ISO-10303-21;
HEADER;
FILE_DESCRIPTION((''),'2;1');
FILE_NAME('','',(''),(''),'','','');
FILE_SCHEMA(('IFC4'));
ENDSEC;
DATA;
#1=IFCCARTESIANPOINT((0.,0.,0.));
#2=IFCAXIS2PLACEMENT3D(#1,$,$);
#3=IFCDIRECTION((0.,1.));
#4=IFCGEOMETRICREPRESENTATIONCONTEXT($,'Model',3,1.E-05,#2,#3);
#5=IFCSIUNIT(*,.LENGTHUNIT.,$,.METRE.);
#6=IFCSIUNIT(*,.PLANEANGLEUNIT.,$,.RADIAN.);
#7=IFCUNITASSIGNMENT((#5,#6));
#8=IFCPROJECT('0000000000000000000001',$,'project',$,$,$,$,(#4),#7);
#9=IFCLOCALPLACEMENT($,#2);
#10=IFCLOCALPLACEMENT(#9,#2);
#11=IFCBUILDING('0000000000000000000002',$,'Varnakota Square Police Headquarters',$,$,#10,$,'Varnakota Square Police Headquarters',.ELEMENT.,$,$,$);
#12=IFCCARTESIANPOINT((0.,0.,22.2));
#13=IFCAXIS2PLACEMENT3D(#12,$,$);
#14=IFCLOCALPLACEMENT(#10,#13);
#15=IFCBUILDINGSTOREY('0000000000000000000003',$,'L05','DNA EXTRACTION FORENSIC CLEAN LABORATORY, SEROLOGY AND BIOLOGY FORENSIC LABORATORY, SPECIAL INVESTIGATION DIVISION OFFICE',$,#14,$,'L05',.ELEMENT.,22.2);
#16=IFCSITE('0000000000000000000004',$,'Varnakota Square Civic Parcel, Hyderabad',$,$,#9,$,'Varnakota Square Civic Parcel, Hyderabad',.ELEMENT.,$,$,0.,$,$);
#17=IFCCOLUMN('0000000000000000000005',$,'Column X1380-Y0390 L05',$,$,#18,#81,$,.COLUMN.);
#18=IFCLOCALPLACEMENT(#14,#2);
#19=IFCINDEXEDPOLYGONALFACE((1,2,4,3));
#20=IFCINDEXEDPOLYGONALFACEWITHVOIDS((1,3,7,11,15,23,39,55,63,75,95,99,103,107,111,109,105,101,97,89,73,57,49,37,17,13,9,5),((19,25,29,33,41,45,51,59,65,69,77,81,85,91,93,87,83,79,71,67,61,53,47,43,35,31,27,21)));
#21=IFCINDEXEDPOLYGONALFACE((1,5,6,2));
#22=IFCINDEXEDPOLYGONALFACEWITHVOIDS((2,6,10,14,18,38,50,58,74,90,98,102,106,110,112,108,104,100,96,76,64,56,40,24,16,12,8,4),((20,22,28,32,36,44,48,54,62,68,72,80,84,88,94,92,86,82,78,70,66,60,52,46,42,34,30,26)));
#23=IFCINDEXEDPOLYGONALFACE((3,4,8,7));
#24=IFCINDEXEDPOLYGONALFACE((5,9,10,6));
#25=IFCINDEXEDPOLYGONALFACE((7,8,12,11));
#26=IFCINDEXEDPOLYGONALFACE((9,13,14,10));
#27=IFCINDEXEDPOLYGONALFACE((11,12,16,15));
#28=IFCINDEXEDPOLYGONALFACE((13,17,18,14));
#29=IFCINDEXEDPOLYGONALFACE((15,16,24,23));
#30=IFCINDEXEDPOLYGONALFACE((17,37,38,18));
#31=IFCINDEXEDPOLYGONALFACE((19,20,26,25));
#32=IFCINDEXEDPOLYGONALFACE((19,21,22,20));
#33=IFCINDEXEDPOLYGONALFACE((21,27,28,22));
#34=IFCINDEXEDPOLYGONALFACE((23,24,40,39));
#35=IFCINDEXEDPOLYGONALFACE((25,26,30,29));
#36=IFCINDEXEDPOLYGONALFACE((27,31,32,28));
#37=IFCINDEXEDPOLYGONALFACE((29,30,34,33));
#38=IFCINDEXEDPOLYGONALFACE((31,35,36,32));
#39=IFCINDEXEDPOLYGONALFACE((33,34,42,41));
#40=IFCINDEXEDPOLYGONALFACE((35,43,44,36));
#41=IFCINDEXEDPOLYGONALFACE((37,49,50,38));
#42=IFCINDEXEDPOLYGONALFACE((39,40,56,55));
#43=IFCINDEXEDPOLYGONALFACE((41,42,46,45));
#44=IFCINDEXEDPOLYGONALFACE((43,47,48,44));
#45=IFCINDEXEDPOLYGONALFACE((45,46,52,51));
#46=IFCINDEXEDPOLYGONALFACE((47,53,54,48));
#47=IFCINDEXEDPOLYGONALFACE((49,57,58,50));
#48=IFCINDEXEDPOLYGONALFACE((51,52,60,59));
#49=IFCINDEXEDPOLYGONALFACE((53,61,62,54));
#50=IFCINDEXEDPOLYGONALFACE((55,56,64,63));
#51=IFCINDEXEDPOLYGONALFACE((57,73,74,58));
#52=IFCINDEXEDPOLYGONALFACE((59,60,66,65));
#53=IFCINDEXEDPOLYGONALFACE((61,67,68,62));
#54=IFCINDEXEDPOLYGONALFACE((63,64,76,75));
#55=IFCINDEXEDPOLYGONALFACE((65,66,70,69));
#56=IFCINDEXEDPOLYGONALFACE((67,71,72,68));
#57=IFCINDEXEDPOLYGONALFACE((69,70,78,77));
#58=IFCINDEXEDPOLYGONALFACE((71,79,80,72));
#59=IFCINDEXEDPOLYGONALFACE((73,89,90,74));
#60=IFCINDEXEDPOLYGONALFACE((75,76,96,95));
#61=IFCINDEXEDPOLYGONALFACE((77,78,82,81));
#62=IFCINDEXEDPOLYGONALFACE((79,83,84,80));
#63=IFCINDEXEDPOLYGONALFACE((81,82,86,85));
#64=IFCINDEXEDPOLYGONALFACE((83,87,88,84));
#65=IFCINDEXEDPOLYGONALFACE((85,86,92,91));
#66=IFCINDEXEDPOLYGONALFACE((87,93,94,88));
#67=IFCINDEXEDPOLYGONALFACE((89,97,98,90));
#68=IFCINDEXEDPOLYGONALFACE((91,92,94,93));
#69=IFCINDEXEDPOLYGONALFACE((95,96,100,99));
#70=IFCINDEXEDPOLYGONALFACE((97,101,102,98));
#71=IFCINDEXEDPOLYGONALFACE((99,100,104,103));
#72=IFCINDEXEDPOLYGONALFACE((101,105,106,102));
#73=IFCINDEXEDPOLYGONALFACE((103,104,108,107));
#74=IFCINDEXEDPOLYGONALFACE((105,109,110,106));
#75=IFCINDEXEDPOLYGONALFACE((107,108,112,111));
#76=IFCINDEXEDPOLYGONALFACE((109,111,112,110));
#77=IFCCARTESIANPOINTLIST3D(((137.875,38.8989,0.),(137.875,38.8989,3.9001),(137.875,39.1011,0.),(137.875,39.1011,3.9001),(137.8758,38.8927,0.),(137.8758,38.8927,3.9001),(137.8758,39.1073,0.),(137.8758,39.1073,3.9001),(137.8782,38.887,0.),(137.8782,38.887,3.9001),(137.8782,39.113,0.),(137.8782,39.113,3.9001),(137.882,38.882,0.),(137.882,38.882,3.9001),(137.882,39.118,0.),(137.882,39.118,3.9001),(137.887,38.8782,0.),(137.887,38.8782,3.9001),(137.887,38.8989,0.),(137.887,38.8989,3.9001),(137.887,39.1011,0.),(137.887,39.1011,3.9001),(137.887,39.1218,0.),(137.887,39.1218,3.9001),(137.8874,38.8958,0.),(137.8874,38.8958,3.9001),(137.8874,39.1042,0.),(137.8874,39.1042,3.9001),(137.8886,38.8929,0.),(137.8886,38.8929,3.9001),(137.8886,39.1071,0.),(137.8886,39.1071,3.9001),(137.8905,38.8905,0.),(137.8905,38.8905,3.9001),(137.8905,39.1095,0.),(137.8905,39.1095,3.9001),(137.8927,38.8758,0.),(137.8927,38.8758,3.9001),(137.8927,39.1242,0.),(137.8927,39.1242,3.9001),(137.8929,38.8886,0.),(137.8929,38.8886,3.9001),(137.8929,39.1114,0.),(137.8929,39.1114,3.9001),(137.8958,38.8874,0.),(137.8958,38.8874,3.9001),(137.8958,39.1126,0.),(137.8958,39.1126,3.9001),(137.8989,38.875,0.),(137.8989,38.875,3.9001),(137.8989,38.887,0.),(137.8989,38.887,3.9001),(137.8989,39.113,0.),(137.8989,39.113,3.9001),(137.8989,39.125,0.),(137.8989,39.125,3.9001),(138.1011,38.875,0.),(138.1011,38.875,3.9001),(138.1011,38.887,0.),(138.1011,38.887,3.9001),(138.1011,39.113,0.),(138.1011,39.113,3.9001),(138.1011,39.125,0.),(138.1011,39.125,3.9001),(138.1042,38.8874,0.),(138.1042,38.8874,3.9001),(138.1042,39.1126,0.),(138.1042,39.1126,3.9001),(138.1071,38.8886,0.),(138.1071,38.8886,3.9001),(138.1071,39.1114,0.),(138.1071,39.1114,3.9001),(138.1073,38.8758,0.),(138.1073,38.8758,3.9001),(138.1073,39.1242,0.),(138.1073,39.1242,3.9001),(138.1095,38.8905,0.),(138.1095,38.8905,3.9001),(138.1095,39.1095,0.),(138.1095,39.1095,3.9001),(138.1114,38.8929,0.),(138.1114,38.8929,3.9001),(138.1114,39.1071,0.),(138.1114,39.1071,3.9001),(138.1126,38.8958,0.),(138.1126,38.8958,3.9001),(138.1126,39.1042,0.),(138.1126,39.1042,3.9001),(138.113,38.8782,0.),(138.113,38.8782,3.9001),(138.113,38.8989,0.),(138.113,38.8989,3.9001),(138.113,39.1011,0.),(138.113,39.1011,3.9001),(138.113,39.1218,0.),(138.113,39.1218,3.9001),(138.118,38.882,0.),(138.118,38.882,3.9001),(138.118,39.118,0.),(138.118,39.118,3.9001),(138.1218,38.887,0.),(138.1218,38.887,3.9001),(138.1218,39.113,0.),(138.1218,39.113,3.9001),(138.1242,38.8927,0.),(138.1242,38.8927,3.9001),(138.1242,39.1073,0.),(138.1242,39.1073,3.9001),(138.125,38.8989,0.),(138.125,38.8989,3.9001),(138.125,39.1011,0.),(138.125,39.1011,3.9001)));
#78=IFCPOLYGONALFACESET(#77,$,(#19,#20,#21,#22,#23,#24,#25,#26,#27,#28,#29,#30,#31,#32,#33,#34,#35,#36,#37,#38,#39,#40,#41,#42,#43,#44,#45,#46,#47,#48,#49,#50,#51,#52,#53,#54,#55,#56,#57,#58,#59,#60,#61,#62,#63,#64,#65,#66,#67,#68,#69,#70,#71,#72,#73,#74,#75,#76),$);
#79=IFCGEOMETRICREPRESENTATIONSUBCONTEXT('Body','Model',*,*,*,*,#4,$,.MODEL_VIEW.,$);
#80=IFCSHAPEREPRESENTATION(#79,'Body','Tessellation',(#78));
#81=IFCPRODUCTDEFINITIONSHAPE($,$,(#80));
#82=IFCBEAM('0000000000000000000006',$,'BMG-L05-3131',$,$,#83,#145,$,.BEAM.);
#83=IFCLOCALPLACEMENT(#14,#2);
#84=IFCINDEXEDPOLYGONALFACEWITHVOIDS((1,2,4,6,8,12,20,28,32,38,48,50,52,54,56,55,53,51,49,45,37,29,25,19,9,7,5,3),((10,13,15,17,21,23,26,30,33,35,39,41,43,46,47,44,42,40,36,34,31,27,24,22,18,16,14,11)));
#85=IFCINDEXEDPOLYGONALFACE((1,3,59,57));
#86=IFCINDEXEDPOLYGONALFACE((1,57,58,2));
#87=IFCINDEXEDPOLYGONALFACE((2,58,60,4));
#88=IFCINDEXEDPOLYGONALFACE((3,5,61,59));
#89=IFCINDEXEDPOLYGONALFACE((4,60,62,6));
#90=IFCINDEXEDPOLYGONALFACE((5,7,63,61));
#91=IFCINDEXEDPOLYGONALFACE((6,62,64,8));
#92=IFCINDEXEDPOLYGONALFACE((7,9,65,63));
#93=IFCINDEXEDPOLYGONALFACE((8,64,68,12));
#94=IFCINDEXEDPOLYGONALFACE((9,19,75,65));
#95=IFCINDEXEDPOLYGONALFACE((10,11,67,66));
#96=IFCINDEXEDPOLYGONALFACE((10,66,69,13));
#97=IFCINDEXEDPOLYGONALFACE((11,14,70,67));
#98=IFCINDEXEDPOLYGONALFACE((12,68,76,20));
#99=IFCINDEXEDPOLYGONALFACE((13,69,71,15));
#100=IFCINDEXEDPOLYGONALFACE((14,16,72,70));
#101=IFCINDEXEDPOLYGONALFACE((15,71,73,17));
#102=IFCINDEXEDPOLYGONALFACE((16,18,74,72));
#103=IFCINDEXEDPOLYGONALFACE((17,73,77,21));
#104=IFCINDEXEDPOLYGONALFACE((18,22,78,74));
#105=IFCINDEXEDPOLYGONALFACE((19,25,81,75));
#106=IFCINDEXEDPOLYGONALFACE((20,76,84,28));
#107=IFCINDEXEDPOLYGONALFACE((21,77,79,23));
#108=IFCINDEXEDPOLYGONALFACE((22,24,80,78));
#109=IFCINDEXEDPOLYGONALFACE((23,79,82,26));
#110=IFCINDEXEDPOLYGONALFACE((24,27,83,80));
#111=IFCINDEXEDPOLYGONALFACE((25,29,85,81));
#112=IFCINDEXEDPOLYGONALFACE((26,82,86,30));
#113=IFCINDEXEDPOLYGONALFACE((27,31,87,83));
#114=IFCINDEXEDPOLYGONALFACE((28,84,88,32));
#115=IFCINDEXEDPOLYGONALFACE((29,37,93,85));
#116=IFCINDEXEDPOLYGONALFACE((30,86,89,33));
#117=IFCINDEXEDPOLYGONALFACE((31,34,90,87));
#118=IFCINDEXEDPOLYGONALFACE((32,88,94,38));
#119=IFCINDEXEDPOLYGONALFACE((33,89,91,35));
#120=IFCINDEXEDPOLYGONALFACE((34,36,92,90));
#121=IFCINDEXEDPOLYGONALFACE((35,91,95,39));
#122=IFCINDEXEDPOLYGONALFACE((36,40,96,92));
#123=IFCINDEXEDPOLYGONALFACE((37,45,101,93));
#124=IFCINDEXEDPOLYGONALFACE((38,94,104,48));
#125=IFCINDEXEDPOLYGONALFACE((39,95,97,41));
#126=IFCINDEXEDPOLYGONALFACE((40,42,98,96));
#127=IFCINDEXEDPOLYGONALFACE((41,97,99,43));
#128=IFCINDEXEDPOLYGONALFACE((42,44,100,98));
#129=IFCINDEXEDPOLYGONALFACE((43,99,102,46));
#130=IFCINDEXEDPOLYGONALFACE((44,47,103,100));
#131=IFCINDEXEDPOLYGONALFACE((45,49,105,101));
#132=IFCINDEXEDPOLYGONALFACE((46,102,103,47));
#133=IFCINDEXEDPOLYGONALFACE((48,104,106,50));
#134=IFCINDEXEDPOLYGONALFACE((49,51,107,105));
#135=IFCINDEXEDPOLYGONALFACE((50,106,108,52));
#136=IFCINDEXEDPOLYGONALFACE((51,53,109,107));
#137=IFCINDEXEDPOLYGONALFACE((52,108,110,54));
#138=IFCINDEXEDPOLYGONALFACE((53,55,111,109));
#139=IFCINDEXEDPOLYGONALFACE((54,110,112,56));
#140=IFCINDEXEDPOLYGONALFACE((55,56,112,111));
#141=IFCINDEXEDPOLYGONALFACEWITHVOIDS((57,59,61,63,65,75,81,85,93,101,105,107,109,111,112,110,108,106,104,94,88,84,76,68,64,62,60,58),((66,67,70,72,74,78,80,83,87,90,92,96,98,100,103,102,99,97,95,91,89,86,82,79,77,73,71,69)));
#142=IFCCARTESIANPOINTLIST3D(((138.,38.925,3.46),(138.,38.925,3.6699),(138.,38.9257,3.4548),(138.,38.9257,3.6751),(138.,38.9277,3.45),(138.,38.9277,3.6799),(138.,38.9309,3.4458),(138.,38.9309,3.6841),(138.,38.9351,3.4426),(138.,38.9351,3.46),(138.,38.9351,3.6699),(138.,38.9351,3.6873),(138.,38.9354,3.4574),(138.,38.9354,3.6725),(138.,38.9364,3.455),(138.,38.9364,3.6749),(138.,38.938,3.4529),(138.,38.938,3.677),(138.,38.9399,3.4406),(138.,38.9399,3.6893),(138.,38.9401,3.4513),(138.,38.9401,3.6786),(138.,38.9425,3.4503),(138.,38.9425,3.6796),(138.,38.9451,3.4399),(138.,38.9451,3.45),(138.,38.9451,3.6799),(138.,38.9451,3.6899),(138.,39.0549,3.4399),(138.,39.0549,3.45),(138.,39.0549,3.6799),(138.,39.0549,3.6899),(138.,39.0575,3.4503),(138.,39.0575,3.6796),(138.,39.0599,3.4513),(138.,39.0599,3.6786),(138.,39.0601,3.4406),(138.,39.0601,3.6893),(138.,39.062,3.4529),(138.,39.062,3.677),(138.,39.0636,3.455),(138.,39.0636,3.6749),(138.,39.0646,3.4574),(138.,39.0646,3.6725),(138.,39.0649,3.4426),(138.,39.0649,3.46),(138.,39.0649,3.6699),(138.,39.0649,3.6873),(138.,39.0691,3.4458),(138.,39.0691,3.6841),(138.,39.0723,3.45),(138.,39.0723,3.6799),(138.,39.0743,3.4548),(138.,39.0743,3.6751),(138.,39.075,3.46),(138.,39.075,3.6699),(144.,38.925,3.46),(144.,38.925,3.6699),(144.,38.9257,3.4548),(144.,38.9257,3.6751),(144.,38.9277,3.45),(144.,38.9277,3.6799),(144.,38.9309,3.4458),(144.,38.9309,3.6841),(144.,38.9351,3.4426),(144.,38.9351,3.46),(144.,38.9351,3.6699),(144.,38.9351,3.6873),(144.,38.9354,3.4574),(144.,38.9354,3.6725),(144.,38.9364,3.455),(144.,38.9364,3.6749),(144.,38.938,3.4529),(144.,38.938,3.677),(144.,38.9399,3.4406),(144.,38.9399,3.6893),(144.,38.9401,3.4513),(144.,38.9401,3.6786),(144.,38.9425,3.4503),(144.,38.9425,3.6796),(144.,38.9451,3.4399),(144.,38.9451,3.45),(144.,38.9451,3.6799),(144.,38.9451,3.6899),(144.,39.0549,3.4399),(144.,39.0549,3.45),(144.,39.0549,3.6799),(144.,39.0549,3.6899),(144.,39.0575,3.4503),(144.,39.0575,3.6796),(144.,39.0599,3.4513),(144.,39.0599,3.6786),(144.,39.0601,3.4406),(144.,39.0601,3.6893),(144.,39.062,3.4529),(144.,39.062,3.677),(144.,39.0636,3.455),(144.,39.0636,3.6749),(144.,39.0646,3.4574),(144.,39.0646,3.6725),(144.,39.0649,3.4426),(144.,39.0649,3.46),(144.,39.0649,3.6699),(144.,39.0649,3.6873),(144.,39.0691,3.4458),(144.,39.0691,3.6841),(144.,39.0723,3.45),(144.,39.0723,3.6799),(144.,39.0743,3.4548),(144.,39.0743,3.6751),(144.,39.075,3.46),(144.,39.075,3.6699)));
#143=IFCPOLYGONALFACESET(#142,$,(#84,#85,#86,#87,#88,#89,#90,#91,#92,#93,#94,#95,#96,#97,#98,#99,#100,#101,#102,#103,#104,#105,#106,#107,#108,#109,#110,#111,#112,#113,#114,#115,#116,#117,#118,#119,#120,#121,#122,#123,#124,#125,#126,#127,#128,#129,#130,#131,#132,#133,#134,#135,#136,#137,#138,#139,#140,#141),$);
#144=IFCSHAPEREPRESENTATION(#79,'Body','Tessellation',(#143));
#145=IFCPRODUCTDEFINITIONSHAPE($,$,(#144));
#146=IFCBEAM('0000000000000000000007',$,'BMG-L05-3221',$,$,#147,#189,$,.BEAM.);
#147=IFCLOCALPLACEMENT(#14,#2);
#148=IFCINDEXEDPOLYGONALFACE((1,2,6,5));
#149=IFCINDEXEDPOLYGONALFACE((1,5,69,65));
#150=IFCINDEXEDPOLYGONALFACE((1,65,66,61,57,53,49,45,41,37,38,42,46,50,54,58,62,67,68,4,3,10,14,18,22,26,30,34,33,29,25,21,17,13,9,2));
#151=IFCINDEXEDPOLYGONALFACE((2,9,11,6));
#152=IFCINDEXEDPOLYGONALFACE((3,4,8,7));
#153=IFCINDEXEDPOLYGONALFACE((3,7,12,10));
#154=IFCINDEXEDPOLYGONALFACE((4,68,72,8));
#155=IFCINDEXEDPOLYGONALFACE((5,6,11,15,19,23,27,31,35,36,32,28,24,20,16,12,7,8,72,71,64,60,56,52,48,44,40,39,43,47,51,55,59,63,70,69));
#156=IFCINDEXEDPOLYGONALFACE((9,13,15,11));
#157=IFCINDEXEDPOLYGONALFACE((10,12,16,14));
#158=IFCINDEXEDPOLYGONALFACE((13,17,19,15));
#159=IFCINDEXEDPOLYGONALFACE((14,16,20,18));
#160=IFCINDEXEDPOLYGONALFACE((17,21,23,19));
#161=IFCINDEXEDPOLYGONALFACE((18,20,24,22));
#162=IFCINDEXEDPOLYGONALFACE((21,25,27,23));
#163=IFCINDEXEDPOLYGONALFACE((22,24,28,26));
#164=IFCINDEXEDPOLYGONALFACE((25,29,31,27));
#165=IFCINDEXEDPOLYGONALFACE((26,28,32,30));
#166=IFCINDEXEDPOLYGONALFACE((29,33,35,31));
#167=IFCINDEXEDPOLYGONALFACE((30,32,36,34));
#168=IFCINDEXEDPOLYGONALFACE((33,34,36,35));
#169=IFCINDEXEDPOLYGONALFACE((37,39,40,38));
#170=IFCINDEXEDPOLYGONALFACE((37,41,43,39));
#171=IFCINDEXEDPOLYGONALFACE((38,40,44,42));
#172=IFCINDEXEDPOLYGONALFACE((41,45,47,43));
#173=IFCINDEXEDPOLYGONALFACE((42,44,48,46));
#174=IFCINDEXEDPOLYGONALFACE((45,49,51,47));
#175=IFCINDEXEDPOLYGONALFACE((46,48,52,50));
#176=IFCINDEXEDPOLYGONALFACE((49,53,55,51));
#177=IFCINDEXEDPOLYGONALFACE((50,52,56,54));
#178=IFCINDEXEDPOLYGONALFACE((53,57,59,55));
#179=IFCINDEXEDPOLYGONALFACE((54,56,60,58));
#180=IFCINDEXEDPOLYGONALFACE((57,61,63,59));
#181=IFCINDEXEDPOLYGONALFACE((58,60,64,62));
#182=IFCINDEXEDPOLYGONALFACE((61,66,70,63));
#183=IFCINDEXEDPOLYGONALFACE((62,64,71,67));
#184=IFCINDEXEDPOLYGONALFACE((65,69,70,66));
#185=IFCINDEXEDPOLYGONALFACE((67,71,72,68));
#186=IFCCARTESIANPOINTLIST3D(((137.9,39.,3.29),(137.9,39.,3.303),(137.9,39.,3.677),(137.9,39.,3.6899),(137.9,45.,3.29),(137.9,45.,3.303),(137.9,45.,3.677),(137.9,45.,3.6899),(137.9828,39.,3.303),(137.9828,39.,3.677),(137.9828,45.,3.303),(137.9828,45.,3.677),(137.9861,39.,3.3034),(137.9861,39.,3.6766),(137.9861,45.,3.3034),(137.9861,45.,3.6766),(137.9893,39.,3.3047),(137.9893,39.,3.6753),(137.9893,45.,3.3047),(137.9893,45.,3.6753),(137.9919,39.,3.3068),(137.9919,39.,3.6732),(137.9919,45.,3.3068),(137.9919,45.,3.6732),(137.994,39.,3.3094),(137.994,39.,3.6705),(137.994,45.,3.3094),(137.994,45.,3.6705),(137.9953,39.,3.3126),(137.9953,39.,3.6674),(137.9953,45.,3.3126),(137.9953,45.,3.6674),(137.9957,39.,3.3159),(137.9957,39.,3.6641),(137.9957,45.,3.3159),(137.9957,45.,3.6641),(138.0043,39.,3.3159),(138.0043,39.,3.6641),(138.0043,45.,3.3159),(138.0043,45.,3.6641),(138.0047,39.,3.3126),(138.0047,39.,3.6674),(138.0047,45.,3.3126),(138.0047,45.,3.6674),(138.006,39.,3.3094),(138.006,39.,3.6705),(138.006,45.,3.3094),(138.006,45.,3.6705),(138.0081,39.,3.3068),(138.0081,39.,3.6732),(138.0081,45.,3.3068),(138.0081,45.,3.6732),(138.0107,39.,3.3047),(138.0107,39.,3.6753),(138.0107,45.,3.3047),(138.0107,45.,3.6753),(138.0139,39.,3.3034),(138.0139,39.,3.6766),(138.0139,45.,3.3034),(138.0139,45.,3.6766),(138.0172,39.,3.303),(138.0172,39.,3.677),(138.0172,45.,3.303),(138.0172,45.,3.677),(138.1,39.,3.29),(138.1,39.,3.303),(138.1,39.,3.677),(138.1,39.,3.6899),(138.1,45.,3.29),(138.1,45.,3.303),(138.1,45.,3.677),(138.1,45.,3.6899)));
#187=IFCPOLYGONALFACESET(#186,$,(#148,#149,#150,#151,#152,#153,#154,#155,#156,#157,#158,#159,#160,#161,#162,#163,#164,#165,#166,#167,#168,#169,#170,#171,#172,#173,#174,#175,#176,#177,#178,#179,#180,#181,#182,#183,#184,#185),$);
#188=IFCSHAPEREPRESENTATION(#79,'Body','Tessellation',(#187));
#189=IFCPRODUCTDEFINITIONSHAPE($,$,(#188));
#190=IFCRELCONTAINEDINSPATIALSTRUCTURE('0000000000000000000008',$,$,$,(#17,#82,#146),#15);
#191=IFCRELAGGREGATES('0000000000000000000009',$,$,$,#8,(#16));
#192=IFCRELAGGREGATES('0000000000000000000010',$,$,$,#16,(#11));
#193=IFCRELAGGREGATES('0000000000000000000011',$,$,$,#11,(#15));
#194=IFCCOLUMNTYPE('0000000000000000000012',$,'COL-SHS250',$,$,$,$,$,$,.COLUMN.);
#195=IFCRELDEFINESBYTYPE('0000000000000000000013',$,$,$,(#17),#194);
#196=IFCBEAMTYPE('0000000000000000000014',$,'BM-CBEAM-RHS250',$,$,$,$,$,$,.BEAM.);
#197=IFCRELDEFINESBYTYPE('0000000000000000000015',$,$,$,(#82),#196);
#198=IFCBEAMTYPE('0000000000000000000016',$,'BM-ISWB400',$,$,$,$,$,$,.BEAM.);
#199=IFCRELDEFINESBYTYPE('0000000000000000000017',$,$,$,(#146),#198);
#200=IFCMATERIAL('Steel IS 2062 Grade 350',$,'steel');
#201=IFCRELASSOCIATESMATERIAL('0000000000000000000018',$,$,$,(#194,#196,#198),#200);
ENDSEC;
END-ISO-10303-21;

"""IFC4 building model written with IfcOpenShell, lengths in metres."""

from ifc_helpers import new_model, si_unit, direction, frame, origin, origin_2d, place, context, subcontext, project, spatial, hollow_rectangle, i_section, extrude, material, material_profile, profile_set, type_object, element, save


model = new_model("IFC4")

# Units and contexts
model_context = context("Model", 3, precision=1e-05, world=origin(), true_north=direction((0.0, 1.0)))
body_context = subcontext(model_context, "Body", "Model", "MODEL_VIEW")
ifc_project = project(units=[si_unit("LENGTHUNIT", "METRE"), si_unit("PLANEANGLEUNIT", "RADIAN")], contexts=[model_context])

# Site, building, storey
site_placement = place(None, origin())
site = spatial("IfcSite", under=ifc_project, at=site_placement, Name="Varnakota Square Civic Parcel, Hyderabad", LongName="Varnakota Square Civic Parcel, Hyderabad", CompositionType="ELEMENT", RefElevation=0.0)
building_placement = place(site_placement, origin())
building = spatial("IfcBuilding", under=site, at=building_placement, Name="Varnakota Square Police Headquarters", LongName="Varnakota Square Police Headquarters", CompositionType="ELEMENT")
storey_placement = place(building_placement, frame((0.0, 0.0, 22.2)))
storey = spatial("IfcBuildingStorey", under=building, at=storey_placement, Name="L05", Description="DNA EXTRACTION FORENSIC CLEAN LABORATORY, SEROLOGY AND BIOLOGY FORENSIC LABORATORY, SPECIAL INVESTIGATION DIVISION OFFICE", LongName="L05", CompositionType="ELEMENT", Elevation=22.2)

# Column
ifc_material_1 = material(Name="Steel IS 2062 Grade 350", Category="steel")
ifc_material_profile_1 = material_profile(ifc_material_1, hollow_rectangle(XDim=0.25, YDim=0.25, WallThickness=0.012, InnerFilletRadius=0.012, OuterFilletRadius=0.0239, at=origin_2d()), Name="SHS 250x250x12")
ifc_profile_set_1 = profile_set([ifc_material_profile_1], Name="Steel IS 2062 Grade 350")
column_type = type_object("IfcColumnType", Name="COL-SHS250", PredefinedType="COLUMN", material=ifc_profile_set_1)
column_placement = place(storey_placement, frame((138.0, 39.0, 0.0), z_axis=(0.0, 0.0, 1.0), x_axis=(1.0, 0.0, 0.0)))
element("IfcColumn", 1, at=column_placement, inside=storey, type_object=column_type, Name="Column X1380-Y0390 L05", PredefinedType="COLUMN", context=body_context, shape_type="SweptSolid", body=[
    extrude(hollow_rectangle(XDim=0.25, YDim=0.25, WallThickness=0.012, InnerFilletRadius=0.012, OuterFilletRadius=0.0239, at=origin_2d()), origin(), (0.0, 0.0, 1.0), 3.9001),
])

# Beams
ifc_material_profile_2 = material_profile(ifc_material_1, hollow_rectangle(XDim=0.1499, YDim=0.25, WallThickness=0.01, InnerFilletRadius=0.01, OuterFilletRadius=0.02, at=origin_2d()), Name="RHS 250x150x10")
ifc_profile_set_2 = profile_set([ifc_material_profile_2], Name="Steel IS 2062 Grade 350")
beam_type_1 = type_object("IfcBeamType", Name="BM-CBEAM-RHS250", PredefinedType="BEAM", material=ifc_profile_set_2)
beam_1_placement = place(storey_placement, frame((138.0, 39.0, 3.5649), z_axis=(1.0, 0.0, 0.0), x_axis=(0.0, 1.0, 0.0)))
element("IfcBeam", 2, at=beam_1_placement, inside=storey, type_object=beam_type_1, Name="BMG-L05-3131", PredefinedType="BEAM", context=body_context, shape_type="SweptSolid", body=[
    extrude(hollow_rectangle(XDim=0.1499, YDim=0.25, WallThickness=0.01, InnerFilletRadius=0.01, OuterFilletRadius=0.02, at=origin_2d()), origin(), (0.0, 0.0, 1.0), 6.0),
])
ifc_material_profile_3 = material_profile(ifc_material_1, i_section(OverallWidth=0.2, OverallDepth=0.3999, WebThickness=0.0085, FlangeThickness=0.0129, FilletRadius=0.0129, at=origin_2d()), Name="ISWB 400")
ifc_profile_set_3 = profile_set([ifc_material_profile_3], Name="Steel IS 2062 Grade 350")
beam_type_2 = type_object("IfcBeamType", Name="BM-ISWB400", PredefinedType="BEAM", material=ifc_profile_set_3)
beam_2_placement = place(storey_placement, frame((138.0, 39.0, 3.49), z_axis=(0.0, 1.0, 0.0), x_axis=(-1.0, 0.0, 0.0)))
element("IfcBeam", 3, at=beam_2_placement, inside=storey, type_object=beam_type_2, Name="BMG-L05-3221", PredefinedType="BEAM", context=body_context, shape_type="SweptSolid", body=[
    extrude(i_section(OverallWidth=0.2, OverallDepth=0.3999, WebThickness=0.0085, FlangeThickness=0.0129, FilletRadius=0.0129, at=origin_2d()), origin(), (0.0, 0.0, 1.0), 6.0),
])

save(model, "model.ifc")
